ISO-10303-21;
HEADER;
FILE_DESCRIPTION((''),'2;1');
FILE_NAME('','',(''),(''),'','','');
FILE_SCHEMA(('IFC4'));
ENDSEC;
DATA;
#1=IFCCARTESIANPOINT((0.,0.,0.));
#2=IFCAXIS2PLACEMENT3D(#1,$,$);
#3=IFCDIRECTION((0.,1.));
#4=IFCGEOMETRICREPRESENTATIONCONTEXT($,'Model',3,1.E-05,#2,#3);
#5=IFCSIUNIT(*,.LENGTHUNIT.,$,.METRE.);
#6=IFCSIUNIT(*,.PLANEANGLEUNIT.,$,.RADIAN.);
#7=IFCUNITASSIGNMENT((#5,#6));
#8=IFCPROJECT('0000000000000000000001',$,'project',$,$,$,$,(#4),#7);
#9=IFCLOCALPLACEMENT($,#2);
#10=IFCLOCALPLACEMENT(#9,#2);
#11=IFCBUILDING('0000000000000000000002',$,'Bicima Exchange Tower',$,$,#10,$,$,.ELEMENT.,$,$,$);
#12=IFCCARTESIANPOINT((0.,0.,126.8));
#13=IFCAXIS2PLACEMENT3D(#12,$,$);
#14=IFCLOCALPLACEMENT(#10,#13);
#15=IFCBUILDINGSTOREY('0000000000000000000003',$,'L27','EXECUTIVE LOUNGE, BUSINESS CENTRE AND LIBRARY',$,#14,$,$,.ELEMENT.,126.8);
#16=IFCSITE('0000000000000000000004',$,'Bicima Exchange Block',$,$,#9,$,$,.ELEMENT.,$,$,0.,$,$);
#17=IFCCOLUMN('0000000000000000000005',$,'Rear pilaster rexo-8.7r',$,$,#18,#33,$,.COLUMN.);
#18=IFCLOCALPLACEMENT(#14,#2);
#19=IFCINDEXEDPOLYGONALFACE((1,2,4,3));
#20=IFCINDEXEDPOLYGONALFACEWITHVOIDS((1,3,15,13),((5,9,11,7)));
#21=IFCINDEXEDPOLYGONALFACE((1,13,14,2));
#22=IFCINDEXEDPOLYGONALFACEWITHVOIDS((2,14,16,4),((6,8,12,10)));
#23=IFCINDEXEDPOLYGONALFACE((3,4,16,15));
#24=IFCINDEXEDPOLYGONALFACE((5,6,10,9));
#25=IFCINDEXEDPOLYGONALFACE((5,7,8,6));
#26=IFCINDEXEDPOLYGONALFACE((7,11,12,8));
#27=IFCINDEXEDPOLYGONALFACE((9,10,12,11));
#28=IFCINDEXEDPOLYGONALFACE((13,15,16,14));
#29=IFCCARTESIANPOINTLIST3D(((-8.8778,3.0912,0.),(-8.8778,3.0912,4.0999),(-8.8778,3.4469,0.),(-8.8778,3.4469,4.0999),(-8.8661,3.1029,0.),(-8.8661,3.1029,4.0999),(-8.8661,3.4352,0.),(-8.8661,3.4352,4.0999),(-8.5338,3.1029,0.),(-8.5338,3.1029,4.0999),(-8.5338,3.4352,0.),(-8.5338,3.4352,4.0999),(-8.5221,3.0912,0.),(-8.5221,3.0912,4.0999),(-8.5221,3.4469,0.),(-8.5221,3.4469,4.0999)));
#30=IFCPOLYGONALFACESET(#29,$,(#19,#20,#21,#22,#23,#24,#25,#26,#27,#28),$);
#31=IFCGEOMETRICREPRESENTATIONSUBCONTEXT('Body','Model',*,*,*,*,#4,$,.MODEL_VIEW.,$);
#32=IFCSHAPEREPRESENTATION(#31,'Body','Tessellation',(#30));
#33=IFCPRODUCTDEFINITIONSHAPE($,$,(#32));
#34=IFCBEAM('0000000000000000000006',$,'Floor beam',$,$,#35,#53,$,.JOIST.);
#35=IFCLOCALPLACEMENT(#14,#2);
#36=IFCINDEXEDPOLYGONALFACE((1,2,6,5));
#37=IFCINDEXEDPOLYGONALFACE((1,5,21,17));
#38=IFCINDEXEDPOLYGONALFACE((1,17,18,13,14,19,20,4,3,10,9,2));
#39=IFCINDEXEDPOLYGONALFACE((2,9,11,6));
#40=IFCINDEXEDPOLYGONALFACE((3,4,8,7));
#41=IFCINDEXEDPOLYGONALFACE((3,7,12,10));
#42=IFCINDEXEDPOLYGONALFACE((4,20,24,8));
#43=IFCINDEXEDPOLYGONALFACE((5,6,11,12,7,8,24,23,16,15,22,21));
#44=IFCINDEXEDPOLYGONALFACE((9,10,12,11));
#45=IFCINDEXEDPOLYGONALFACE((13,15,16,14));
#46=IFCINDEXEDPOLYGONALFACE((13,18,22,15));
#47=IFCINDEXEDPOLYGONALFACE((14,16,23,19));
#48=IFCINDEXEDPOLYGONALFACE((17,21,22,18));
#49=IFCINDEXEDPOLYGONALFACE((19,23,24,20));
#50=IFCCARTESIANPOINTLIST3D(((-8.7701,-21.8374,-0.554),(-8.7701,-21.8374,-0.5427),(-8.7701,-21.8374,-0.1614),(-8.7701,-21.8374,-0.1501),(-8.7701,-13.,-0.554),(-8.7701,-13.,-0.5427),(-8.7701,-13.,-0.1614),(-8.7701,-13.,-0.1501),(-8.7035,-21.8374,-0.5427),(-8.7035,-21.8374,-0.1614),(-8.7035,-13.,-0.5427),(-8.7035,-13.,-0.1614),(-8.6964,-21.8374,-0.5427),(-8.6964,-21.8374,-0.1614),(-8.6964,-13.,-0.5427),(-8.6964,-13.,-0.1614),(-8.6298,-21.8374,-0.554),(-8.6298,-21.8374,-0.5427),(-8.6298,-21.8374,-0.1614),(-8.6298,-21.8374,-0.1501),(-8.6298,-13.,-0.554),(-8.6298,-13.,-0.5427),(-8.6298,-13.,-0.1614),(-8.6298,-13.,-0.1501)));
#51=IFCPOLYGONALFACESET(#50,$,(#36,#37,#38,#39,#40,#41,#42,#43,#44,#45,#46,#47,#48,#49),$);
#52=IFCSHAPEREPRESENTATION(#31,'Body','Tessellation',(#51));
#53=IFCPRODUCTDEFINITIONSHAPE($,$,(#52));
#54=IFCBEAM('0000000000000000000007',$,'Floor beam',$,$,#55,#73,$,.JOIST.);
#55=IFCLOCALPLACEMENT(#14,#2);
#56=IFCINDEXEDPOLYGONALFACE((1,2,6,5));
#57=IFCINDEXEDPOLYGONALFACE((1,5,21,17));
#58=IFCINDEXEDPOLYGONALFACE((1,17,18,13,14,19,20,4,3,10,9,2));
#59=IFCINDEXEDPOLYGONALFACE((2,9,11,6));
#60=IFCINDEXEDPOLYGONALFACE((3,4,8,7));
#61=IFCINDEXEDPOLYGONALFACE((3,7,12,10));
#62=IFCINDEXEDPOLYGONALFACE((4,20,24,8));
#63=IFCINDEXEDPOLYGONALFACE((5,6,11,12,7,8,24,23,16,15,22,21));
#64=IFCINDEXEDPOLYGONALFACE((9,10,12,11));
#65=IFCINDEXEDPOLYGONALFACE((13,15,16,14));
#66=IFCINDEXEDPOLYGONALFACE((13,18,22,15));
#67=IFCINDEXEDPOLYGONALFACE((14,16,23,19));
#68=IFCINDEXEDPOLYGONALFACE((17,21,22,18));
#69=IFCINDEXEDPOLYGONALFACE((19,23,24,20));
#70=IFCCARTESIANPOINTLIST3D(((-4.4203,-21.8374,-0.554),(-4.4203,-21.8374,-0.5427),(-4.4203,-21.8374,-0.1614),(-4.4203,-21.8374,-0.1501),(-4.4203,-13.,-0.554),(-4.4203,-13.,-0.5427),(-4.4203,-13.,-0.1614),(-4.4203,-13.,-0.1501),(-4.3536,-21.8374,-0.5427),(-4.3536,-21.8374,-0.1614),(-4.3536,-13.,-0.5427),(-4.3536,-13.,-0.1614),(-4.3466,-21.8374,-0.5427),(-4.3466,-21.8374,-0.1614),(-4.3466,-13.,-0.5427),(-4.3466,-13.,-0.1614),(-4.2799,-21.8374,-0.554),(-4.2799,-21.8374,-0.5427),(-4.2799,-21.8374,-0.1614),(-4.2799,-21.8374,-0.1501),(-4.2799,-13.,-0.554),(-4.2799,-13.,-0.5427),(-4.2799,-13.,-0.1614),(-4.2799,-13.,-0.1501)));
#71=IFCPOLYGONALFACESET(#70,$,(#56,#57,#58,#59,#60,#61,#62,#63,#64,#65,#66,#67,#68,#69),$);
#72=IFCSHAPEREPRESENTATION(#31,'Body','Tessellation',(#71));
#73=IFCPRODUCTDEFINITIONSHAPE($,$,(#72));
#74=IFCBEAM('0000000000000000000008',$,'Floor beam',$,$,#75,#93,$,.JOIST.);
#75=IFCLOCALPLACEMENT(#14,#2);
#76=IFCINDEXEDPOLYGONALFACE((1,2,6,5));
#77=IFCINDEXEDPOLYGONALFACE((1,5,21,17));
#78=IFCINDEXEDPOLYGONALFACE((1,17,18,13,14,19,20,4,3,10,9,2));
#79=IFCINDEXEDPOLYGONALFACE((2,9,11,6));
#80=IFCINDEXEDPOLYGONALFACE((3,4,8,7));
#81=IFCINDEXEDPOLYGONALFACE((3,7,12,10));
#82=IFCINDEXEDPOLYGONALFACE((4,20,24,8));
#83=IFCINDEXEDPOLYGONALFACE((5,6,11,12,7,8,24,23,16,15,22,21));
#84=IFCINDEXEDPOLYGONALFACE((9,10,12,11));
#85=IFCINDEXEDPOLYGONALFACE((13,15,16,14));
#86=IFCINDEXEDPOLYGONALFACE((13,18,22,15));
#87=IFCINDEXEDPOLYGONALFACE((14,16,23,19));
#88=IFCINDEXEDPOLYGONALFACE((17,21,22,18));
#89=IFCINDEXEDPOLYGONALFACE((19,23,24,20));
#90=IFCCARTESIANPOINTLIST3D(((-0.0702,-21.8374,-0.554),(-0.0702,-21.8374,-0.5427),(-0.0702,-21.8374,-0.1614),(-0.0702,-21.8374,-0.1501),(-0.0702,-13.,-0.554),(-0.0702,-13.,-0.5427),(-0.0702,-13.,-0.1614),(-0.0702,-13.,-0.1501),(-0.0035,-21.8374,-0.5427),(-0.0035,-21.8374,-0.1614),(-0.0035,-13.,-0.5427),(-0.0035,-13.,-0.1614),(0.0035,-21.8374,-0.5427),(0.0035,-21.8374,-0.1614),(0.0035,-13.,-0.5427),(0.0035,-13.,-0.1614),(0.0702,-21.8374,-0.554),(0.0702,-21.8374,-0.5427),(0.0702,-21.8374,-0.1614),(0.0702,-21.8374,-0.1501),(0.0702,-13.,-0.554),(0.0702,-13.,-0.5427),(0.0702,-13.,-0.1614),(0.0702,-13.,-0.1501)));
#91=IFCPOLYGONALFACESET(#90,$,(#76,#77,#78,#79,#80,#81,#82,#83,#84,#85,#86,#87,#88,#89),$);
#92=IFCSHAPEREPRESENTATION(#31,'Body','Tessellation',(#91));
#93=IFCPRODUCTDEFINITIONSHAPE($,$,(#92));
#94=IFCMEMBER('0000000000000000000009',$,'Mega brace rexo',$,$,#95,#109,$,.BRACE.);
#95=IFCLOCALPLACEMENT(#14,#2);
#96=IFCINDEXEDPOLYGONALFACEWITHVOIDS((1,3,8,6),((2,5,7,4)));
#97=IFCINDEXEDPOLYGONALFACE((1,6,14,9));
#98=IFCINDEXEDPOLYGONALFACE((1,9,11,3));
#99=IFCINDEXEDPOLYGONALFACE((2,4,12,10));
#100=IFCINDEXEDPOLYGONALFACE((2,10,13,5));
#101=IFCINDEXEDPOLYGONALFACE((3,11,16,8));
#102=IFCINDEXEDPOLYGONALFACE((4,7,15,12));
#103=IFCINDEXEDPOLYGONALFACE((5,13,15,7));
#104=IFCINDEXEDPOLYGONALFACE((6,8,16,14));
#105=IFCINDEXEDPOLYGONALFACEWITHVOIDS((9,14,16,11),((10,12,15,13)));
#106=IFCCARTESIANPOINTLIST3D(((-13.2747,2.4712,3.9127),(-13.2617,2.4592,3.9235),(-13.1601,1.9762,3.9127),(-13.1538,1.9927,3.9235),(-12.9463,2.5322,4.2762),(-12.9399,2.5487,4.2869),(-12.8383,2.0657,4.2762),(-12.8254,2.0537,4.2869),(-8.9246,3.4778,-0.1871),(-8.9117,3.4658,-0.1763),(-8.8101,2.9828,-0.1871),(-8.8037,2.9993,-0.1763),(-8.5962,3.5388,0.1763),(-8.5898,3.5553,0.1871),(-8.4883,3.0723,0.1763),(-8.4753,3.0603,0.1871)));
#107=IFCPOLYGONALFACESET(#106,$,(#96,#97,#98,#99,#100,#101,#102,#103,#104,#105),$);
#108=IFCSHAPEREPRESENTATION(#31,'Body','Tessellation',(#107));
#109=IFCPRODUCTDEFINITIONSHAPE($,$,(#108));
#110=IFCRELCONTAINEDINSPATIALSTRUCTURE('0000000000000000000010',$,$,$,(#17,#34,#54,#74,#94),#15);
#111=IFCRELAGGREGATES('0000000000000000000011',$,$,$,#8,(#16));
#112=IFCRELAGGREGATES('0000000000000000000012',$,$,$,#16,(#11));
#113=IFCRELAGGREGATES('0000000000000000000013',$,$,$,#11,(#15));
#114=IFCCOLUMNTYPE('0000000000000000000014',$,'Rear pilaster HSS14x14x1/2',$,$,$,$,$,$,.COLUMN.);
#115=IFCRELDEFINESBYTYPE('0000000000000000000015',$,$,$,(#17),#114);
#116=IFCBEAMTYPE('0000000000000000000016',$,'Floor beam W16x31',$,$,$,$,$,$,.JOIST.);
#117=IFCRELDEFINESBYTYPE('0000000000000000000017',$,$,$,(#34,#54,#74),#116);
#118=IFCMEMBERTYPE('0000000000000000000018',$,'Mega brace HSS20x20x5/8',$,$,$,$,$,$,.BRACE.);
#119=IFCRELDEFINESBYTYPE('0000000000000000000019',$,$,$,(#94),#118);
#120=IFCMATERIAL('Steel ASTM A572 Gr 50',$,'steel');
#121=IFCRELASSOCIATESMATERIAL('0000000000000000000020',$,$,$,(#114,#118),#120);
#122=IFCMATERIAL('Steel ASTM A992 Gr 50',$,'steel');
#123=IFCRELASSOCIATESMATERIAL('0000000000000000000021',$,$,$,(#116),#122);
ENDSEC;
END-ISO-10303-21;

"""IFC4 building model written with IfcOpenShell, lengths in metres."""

from ifc_helpers import new_model, si_unit, direction, frame, origin, origin_2d, place, context, subcontext, project, spatial, hollow_rectangle, i_section, extrude, material, material_profile, profile_set, type_object, element, save


model = new_model("IFC4")

# Units and contexts
model_context = context("Model", 3, precision=1e-05, world=origin(), true_north=direction((0.0, 1.0)))
body_context = subcontext(model_context, "Body", "Model", "MODEL_VIEW")
ifc_project = project(units=[si_unit("LENGTHUNIT", "METRE"), si_unit("PLANEANGLEUNIT", "RADIAN")], contexts=[model_context])

# Site, building, storey
site_placement = place(None, origin())
site = spatial("IfcSite", under=ifc_project, at=site_placement, Name="Bicima Exchange Block", CompositionType="ELEMENT", RefElevation=0.0)
building_placement = place(site_placement, origin())
building = spatial("IfcBuilding", under=site, at=building_placement, Name="Bicima Exchange Tower", CompositionType="ELEMENT")
storey_placement = place(building_placement, frame((0.0, 0.0, 126.8)))
storey = spatial("IfcBuildingStorey", under=building, at=storey_placement, Name="L27", Description="EXECUTIVE LOUNGE, BUSINESS CENTRE AND LIBRARY", CompositionType="ELEMENT", Elevation=126.8)

# Column
ifc_material_1 = material(Name="Steel ASTM A572 Gr 50", Category="steel")
ifc_material_profile_1 = material_profile(ifc_material_1, hollow_rectangle(XDim=0.3557, YDim=0.3557, WallThickness=0.0117, at=origin_2d()))
ifc_profile_set_1 = profile_set([ifc_material_profile_1], Name="Steel ASTM A572 Gr 50")
column_type = type_object("IfcColumnType", Name="Rear pilaster HSS14x14x1/2", PredefinedType="COLUMN", material=ifc_profile_set_1)
column_placement = place(storey_placement, frame((-8.7, 3.269, 0.0), z_axis=(0.0, 0.0, 1.0), x_axis=(1.0, 0.0, 0.0)))
element("IfcColumn", 1, at=column_placement, inside=storey, type_object=column_type, Name="Rear pilaster rexo-8.7r", PredefinedType="COLUMN", context=body_context, shape_type="SweptSolid", body=[
    extrude(hollow_rectangle(XDim=0.3557, YDim=0.3557, WallThickness=0.0117, at=origin_2d()), origin(), (0.0, 0.0, 1.0), 4.0999),
])

# Beams
ifc_material_2 = material(Name="Steel ASTM A992 Gr 50", Category="steel")
ifc_material_profile_2 = material_profile(ifc_material_2, i_section(OverallWidth=0.1404, OverallDepth=0.4038, WebThickness=0.0071, FlangeThickness=0.0112, at=origin_2d()))
ifc_profile_set_2 = profile_set([ifc_material_profile_2], Name="Steel ASTM A992 Gr 50")
beam_type = type_object("IfcBeamType", Name="Floor beam W16x31", PredefinedType="JOIST", material=ifc_profile_set_2)
for number, where, z_axis, x_axis, name in (
    (2, (-8.7, -13.0, -0.3521), (0.0, -1.0, 0.0), (1.0, 0.0, 0.0), "Floor beam"),
    (3, (-4.3501, -13.0, -0.3521), (0.0, -1.0, 0.0), (1.0, 0.0, 0.0), "Floor beam"),
    (4, (0.0, -13.0, -0.3521), (0.0, -1.0, 0.0), (1.0, 0.0, 0.0), "Floor beam"),
):
    element("IfcBeam", number, at=place(storey_placement, frame(where, z_axis=z_axis, x_axis=x_axis)), inside=storey, type_object=beam_type, Name=name, PredefinedType="JOIST", context=body_context, shape_type="SweptSolid", body=[
        extrude(i_section(OverallWidth=0.1404, OverallDepth=0.4038, WebThickness=0.0071, FlangeThickness=0.0112, at=origin_2d()), origin(), (0.0, 0.0, 1.0), 8.8374),
    ])

# Member
ifc_material_profile_3 = material_profile(ifc_material_1, hollow_rectangle(XDim=0.5081, YDim=0.5081, WallThickness=0.0146, at=origin_2d()))
ifc_profile_set_3 = profile_set([ifc_material_profile_3], Name="Steel ASTM A572 Gr 50")
member_type = type_object("IfcMemberType", Name="Mega brace HSS20x20x5/8", PredefinedType="BRACE", material=ifc_profile_set_3)
member_placement = place(storey_placement, frame((-8.7, 3.269, 0.0), z_axis=(-0.717625, -0.166055, 0.676343), x_axis=(0.225439, -0.974257, 0.0)))
element("IfcMember", 5, at=member_placement, inside=storey, type_object=member_type, Name="Mega brace rexo", PredefinedType="BRACE", context=body_context, shape_type="SweptSolid", body=[
    extrude(hollow_rectangle(XDim=0.5081, YDim=0.5081, WallThickness=0.0146, at=origin_2d()), origin(), (0.0, 0.0, 1.0), 6.0618),
])

save(model, "model.ifc")
